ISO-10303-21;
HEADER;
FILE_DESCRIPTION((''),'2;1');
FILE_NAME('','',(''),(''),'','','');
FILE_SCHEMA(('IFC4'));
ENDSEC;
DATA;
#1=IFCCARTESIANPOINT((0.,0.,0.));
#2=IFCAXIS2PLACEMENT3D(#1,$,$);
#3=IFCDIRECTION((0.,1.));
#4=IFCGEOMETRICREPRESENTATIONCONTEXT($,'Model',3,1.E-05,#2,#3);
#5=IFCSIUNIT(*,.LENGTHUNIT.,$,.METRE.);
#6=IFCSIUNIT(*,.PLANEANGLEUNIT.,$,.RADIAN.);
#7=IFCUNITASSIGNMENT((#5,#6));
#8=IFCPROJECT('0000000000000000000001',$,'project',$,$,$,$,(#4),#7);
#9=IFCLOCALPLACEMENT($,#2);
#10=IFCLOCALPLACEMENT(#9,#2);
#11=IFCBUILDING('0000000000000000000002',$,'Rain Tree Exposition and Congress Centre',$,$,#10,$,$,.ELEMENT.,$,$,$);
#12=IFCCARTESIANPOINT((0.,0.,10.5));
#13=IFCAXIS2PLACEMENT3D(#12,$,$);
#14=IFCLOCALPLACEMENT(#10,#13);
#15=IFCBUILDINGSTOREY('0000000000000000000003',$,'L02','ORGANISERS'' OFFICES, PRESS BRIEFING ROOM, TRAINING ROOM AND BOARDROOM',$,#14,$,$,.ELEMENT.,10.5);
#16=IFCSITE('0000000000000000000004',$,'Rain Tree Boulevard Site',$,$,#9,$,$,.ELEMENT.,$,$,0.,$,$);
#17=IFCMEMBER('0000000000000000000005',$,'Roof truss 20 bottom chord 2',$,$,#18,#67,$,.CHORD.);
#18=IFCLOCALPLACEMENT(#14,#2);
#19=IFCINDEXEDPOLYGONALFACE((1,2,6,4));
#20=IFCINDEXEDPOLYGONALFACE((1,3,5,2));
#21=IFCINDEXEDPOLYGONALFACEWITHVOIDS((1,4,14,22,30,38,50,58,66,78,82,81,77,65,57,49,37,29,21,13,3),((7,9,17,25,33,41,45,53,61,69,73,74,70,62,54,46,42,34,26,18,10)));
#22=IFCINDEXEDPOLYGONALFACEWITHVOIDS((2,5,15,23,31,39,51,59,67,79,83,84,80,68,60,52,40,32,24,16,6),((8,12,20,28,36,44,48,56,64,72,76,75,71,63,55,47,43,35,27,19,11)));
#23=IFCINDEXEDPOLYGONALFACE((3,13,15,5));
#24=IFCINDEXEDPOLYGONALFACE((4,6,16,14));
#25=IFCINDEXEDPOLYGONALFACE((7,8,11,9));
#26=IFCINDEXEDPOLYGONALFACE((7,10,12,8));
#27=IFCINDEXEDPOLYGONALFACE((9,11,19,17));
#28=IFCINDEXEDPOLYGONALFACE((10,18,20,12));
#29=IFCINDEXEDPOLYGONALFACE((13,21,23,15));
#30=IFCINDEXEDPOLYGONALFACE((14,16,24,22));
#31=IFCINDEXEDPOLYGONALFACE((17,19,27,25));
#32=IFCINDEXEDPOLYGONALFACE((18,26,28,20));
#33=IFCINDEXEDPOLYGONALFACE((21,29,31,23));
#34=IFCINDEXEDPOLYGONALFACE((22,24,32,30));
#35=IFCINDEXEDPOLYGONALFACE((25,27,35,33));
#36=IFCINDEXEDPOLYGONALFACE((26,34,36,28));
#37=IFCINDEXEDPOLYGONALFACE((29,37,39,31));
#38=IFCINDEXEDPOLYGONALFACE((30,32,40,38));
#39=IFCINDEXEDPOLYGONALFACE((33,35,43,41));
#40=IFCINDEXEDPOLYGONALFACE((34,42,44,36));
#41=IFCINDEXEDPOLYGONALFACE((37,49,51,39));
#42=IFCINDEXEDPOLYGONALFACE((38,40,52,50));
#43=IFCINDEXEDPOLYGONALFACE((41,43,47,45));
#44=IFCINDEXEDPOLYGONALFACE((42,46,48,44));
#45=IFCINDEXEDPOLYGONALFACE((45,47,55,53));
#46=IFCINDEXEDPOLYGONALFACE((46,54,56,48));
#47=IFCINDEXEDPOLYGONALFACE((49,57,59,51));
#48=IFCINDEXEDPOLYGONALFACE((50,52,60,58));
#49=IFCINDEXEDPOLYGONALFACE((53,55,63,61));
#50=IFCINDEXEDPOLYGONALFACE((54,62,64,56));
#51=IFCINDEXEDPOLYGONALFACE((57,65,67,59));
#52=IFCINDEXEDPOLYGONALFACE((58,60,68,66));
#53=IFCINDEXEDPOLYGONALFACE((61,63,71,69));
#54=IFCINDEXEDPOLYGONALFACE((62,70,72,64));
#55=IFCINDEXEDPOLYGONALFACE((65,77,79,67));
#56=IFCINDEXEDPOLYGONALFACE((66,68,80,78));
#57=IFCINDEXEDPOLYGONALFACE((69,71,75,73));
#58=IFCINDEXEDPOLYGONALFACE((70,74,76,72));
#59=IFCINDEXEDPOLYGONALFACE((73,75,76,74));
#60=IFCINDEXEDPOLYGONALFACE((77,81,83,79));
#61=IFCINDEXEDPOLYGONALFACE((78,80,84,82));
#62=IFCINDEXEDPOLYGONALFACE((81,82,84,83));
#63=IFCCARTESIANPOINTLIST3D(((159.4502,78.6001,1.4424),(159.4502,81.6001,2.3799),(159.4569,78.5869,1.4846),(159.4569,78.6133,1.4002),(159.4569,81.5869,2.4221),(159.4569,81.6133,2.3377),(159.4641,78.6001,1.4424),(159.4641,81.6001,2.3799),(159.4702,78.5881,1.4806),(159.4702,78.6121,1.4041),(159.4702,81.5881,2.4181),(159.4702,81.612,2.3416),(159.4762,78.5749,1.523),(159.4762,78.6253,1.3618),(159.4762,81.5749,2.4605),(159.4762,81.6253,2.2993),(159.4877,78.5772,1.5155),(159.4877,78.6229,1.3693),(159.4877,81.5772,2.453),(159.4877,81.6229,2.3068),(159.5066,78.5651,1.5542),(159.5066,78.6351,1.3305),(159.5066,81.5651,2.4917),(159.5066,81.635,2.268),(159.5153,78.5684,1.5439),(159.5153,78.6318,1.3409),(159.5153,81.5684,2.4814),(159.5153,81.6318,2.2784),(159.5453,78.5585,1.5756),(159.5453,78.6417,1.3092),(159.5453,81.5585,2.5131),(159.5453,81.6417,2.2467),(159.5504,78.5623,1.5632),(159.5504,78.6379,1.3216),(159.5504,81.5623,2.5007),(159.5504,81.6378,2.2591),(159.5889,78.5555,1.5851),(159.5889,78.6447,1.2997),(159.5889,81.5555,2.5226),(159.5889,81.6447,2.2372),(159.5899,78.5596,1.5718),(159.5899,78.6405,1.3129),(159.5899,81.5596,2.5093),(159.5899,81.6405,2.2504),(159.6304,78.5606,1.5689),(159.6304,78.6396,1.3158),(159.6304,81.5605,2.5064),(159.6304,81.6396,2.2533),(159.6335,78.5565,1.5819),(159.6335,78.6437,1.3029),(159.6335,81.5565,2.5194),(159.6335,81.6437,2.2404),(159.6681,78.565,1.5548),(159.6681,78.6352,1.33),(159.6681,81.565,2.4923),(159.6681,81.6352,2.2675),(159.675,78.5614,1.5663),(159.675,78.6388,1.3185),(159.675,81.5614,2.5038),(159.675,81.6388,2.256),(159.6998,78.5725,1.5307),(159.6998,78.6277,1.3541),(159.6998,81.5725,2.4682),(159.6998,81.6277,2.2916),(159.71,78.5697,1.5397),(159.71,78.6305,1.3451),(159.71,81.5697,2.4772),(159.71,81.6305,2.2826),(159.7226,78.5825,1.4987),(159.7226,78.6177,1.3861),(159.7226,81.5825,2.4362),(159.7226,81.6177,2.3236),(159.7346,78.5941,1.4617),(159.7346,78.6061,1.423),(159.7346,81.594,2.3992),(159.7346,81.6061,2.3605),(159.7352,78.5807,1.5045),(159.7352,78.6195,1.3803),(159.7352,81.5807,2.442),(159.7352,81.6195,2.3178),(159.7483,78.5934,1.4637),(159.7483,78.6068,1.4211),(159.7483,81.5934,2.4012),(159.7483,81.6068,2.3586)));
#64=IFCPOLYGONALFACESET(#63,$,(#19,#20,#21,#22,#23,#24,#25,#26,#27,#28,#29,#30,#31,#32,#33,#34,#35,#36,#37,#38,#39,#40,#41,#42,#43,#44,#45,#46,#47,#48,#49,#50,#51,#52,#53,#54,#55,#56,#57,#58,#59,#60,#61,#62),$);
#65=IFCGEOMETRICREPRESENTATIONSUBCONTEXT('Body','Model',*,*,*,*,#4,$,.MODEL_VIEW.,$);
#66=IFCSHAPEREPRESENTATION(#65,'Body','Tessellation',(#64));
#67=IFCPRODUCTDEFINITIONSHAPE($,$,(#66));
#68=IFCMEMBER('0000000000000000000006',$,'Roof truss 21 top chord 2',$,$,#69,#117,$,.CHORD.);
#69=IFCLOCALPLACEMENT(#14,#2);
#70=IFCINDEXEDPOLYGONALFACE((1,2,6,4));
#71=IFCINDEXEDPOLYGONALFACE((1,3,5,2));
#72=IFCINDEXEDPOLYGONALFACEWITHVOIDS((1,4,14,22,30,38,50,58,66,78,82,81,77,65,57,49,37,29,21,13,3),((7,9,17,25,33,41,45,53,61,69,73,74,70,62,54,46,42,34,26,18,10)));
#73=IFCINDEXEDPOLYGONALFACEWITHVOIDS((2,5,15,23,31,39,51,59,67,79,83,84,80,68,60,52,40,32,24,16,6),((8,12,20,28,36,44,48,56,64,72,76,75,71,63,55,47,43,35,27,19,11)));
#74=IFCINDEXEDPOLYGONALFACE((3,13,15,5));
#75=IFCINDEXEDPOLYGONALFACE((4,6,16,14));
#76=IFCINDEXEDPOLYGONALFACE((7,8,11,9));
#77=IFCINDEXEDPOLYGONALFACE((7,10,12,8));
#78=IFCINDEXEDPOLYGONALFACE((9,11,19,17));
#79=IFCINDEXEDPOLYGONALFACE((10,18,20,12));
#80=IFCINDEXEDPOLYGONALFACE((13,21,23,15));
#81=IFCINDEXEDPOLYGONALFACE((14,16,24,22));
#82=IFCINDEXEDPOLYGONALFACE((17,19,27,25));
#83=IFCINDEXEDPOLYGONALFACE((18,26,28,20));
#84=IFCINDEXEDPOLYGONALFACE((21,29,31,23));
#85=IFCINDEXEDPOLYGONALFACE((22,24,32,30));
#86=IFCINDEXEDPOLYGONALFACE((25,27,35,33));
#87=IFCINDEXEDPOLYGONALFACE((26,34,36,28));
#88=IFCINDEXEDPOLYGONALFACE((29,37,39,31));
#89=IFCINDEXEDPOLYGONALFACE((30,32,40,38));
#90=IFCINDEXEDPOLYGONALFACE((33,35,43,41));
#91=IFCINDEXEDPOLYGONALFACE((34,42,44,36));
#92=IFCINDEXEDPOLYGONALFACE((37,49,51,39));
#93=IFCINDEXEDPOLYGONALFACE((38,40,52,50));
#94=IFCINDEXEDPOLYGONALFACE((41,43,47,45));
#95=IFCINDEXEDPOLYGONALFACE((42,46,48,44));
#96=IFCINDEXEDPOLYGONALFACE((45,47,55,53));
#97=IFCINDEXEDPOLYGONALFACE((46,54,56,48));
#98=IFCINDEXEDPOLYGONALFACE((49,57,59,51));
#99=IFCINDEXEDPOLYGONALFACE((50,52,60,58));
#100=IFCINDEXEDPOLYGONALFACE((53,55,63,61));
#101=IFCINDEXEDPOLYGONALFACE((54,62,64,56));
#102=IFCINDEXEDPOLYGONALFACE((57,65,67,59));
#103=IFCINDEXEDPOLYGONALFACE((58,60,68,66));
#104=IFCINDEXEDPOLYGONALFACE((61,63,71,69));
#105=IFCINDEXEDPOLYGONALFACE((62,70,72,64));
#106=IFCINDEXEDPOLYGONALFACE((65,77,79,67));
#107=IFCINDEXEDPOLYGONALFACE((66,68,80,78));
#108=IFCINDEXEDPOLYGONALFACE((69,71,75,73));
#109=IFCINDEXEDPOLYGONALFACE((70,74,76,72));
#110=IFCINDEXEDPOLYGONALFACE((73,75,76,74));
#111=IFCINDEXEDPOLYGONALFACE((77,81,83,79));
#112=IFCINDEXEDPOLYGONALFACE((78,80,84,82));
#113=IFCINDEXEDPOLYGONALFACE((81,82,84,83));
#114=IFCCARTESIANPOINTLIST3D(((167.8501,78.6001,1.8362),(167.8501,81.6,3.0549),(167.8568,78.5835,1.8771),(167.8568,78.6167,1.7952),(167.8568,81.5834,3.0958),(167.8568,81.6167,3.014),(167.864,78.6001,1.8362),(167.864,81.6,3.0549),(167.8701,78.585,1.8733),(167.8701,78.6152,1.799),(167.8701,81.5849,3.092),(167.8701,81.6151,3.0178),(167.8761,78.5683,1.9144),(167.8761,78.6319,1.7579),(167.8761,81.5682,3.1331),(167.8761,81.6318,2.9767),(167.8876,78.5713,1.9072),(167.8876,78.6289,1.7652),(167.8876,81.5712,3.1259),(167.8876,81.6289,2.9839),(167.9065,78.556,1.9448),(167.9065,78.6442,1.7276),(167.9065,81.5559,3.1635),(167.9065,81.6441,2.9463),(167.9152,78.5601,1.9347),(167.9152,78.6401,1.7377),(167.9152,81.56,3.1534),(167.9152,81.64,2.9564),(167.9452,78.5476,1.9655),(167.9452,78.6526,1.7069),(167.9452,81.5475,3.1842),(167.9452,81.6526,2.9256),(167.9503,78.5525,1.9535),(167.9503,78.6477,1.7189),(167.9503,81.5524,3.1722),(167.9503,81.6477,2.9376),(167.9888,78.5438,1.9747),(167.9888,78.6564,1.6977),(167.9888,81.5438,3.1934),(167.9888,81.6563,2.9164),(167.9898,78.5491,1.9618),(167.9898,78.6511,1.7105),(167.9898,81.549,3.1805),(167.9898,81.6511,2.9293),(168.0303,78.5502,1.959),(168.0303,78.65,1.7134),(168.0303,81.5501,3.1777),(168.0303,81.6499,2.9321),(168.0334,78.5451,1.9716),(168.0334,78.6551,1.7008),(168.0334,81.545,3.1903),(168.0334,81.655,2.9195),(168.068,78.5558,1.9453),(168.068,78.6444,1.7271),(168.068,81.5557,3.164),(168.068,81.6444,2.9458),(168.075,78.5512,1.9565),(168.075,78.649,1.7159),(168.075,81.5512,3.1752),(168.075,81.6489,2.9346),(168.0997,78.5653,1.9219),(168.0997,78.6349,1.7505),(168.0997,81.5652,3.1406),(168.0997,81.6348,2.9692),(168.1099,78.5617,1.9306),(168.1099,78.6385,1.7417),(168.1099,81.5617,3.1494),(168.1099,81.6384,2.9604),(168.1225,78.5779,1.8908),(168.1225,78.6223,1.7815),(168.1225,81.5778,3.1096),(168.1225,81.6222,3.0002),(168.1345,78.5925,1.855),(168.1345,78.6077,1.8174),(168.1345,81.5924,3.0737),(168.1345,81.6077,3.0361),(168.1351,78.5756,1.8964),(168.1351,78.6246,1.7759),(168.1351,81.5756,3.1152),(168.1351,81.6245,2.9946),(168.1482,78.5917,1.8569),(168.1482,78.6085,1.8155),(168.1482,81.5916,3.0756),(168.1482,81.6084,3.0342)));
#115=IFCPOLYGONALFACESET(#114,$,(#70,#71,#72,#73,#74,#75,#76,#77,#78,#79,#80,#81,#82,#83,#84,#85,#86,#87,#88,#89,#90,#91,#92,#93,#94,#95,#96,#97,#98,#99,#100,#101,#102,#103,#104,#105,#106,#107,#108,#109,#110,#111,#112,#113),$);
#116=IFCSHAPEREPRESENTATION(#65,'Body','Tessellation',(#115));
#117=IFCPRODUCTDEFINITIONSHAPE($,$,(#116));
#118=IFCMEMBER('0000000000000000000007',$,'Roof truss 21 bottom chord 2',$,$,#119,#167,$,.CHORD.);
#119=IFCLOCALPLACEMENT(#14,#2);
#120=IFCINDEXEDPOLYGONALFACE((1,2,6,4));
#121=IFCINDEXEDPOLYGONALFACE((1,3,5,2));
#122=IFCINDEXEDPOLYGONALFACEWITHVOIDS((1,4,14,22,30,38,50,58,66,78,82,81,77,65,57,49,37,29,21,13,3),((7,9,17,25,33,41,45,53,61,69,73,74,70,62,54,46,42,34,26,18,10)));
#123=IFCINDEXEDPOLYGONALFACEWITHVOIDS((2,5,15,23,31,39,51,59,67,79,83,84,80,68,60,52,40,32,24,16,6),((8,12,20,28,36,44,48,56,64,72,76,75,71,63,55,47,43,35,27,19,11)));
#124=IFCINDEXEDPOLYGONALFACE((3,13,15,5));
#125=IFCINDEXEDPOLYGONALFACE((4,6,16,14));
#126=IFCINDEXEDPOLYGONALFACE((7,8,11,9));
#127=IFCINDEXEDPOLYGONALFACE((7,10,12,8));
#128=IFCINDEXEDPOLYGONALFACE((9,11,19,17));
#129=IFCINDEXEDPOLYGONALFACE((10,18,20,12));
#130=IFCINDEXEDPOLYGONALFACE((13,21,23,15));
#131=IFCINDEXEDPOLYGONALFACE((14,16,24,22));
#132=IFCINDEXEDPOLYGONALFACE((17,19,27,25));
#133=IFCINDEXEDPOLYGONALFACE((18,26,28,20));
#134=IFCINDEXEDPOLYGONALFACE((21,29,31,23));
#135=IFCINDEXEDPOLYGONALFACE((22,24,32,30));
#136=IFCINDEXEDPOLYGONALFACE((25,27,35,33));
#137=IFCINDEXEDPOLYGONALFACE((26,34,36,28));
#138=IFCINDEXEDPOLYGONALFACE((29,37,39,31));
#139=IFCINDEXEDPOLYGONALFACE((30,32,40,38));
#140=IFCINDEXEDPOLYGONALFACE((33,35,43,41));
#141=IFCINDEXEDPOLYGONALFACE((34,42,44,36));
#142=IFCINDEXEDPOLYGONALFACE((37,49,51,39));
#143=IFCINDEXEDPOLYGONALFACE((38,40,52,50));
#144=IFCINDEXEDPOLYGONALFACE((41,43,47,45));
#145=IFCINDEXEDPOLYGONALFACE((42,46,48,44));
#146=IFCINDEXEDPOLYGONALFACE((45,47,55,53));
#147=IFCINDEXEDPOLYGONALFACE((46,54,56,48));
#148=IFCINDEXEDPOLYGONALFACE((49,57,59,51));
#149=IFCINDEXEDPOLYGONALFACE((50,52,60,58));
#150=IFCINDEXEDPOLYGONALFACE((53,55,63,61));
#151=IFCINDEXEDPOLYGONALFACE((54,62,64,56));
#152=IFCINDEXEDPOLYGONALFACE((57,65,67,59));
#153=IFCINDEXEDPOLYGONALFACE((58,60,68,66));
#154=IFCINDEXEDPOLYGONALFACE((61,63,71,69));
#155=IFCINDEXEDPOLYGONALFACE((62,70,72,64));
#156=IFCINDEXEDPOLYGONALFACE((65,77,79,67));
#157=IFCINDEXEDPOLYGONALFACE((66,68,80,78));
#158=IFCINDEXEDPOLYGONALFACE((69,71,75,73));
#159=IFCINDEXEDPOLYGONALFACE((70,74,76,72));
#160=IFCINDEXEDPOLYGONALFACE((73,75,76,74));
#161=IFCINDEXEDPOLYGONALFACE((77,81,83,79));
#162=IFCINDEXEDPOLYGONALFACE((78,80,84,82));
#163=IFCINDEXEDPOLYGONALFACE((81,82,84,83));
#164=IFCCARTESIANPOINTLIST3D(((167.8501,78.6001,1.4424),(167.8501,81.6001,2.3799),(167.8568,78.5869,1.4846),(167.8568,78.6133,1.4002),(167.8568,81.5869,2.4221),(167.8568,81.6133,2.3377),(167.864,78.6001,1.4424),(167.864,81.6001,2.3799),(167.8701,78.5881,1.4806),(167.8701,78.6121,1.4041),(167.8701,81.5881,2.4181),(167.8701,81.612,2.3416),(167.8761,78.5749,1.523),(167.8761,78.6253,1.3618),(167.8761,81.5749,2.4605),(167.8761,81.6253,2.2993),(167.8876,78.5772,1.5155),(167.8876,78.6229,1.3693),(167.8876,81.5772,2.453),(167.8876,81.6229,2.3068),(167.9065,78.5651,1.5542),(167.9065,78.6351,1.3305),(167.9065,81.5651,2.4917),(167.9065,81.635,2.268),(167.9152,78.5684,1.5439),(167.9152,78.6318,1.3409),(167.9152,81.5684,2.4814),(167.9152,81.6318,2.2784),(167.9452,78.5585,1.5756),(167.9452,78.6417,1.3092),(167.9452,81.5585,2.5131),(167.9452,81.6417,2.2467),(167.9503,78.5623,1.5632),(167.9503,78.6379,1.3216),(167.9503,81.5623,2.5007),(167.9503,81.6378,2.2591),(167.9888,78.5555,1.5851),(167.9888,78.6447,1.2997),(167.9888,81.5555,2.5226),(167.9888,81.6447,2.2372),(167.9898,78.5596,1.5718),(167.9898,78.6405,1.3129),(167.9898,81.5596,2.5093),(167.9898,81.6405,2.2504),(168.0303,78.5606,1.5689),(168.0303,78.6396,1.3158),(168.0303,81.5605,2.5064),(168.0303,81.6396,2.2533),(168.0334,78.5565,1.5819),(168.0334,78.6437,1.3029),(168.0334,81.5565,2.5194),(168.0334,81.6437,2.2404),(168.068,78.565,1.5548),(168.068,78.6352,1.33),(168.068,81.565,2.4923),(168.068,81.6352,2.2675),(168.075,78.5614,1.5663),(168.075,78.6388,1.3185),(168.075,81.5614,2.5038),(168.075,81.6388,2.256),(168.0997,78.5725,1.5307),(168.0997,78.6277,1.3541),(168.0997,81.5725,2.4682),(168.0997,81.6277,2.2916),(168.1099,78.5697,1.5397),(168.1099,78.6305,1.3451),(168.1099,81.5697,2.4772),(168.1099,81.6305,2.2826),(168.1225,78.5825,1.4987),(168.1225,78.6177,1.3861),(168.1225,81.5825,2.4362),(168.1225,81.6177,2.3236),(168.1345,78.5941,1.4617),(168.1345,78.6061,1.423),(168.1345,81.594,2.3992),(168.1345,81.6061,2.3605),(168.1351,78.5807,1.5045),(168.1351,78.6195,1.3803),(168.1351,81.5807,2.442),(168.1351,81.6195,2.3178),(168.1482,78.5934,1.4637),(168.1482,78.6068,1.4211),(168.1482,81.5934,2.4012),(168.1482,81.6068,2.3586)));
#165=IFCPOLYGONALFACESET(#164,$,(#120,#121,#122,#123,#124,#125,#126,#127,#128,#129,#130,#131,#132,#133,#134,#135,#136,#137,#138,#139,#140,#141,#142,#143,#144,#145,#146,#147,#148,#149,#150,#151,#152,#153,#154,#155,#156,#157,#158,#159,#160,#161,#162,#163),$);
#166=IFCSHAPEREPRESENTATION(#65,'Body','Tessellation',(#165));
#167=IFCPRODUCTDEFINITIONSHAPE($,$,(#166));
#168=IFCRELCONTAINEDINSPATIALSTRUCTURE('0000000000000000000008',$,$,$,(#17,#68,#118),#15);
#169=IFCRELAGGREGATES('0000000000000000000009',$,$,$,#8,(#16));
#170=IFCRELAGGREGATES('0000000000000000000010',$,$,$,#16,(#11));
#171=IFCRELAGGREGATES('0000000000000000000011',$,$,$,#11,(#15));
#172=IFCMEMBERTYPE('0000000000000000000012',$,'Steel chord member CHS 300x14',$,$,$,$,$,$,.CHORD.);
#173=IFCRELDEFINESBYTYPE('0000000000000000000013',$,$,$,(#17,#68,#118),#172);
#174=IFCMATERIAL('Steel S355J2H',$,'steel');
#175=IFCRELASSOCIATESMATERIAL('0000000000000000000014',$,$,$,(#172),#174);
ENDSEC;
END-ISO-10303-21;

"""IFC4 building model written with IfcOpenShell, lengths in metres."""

from ifc_helpers import new_model, si_unit, direction, frame, origin, origin_2d, place, context, subcontext, project, spatial, hollow_circle, extrude, material, material_profile, profile_set, type_object, element, save


model = new_model("IFC4")

# Units and contexts
model_context = context("Model", 3, precision=1e-05, world=origin(), true_north=direction((0.0, 1.0)))
body_context = subcontext(model_context, "Body", "Model", "MODEL_VIEW")
ifc_project = project(units=[si_unit("LENGTHUNIT", "METRE"), si_unit("PLANEANGLEUNIT", "RADIAN")], contexts=[model_context])

# Site, building, storey
site_placement = place(None, origin())
site = spatial("IfcSite", under=ifc_project, at=site_placement, Name="Rain Tree Boulevard Site", CompositionType="ELEMENT", RefElevation=0.0)
building_placement = place(site_placement, origin())
building = spatial("IfcBuilding", under=site, at=building_placement, Name="Rain Tree Exposition and Congress Centre", CompositionType="ELEMENT")
storey_placement = place(building_placement, frame((0.0, 0.0, 10.5)))
storey = spatial("IfcBuildingStorey", under=building, at=storey_placement, Name="L02", Description="ORGANISERS' OFFICES, PRESS BRIEFING ROOM, TRAINING ROOM AND BOARDROOM", CompositionType="ELEMENT", Elevation=10.5)

# Members
ifc_material_1 = material(Name="Steel S355J2H", Category="steel")
ifc_material_profile_1 = material_profile(ifc_material_1, hollow_circle(Radius=0.1499, WallThickness=0.0139, at=origin_2d()), Name="CHS 300x14")
ifc_profile_set_1 = profile_set([ifc_material_profile_1], Name="Steel S355J2H")
member_type_1 = type_object("IfcMemberType", Name="Steel chord member CHS 300x14", PredefinedType="CHORD", material=ifc_profile_set_1)
member_1_placement = place(storey_placement, frame((159.6001, 78.6001, 1.4424), z_axis=(0.0, 0.95448, 0.298275), x_axis=(-1.0, 0.0, 0.0)))
element("IfcMember", 1, at=member_1_placement, inside=storey, type_object=member_type_1, Name="Roof truss 20 bottom chord 2", PredefinedType="CHORD", context=body_context, shape_type="SweptSolid", body=[
    extrude(hollow_circle(Radius=0.1499, WallThickness=0.0139, at=origin_2d()), origin(), (0.0, 0.0, 1.0), 3.1431),
])
member_2_placement = place(storey_placement, frame((168.0, 78.6001, 1.8362), z_axis=(0.0, 0.926467, 0.376377), x_axis=(-1.0, 0.0, 0.0)))
element("IfcMember", 2, at=member_2_placement, inside=storey, type_object=member_type_1, Name="Roof truss 21 top chord 2", PredefinedType="CHORD", context=body_context, shape_type="SweptSolid", body=[
    extrude(hollow_circle(Radius=0.1499, WallThickness=0.0139, at=origin_2d()), origin(), (0.0, 0.0, 1.0), 3.238),
])
member_3_placement = place(storey_placement, frame((168.0, 78.6001, 1.4424), z_axis=(0.0, 0.95448, 0.298275), x_axis=(-1.0, 0.0, 0.0)))
element("IfcMember", 3, at=member_3_placement, inside=storey, type_object=member_type_1, Name="Roof truss 21 bottom chord 2", PredefinedType="CHORD", context=body_context, shape_type="SweptSolid", body=[
    extrude(hollow_circle(Radius=0.1499, WallThickness=0.0139, at=origin_2d()), origin(), (0.0, 0.0, 1.0), 3.1431),
])

save(model, "model.ifc")
